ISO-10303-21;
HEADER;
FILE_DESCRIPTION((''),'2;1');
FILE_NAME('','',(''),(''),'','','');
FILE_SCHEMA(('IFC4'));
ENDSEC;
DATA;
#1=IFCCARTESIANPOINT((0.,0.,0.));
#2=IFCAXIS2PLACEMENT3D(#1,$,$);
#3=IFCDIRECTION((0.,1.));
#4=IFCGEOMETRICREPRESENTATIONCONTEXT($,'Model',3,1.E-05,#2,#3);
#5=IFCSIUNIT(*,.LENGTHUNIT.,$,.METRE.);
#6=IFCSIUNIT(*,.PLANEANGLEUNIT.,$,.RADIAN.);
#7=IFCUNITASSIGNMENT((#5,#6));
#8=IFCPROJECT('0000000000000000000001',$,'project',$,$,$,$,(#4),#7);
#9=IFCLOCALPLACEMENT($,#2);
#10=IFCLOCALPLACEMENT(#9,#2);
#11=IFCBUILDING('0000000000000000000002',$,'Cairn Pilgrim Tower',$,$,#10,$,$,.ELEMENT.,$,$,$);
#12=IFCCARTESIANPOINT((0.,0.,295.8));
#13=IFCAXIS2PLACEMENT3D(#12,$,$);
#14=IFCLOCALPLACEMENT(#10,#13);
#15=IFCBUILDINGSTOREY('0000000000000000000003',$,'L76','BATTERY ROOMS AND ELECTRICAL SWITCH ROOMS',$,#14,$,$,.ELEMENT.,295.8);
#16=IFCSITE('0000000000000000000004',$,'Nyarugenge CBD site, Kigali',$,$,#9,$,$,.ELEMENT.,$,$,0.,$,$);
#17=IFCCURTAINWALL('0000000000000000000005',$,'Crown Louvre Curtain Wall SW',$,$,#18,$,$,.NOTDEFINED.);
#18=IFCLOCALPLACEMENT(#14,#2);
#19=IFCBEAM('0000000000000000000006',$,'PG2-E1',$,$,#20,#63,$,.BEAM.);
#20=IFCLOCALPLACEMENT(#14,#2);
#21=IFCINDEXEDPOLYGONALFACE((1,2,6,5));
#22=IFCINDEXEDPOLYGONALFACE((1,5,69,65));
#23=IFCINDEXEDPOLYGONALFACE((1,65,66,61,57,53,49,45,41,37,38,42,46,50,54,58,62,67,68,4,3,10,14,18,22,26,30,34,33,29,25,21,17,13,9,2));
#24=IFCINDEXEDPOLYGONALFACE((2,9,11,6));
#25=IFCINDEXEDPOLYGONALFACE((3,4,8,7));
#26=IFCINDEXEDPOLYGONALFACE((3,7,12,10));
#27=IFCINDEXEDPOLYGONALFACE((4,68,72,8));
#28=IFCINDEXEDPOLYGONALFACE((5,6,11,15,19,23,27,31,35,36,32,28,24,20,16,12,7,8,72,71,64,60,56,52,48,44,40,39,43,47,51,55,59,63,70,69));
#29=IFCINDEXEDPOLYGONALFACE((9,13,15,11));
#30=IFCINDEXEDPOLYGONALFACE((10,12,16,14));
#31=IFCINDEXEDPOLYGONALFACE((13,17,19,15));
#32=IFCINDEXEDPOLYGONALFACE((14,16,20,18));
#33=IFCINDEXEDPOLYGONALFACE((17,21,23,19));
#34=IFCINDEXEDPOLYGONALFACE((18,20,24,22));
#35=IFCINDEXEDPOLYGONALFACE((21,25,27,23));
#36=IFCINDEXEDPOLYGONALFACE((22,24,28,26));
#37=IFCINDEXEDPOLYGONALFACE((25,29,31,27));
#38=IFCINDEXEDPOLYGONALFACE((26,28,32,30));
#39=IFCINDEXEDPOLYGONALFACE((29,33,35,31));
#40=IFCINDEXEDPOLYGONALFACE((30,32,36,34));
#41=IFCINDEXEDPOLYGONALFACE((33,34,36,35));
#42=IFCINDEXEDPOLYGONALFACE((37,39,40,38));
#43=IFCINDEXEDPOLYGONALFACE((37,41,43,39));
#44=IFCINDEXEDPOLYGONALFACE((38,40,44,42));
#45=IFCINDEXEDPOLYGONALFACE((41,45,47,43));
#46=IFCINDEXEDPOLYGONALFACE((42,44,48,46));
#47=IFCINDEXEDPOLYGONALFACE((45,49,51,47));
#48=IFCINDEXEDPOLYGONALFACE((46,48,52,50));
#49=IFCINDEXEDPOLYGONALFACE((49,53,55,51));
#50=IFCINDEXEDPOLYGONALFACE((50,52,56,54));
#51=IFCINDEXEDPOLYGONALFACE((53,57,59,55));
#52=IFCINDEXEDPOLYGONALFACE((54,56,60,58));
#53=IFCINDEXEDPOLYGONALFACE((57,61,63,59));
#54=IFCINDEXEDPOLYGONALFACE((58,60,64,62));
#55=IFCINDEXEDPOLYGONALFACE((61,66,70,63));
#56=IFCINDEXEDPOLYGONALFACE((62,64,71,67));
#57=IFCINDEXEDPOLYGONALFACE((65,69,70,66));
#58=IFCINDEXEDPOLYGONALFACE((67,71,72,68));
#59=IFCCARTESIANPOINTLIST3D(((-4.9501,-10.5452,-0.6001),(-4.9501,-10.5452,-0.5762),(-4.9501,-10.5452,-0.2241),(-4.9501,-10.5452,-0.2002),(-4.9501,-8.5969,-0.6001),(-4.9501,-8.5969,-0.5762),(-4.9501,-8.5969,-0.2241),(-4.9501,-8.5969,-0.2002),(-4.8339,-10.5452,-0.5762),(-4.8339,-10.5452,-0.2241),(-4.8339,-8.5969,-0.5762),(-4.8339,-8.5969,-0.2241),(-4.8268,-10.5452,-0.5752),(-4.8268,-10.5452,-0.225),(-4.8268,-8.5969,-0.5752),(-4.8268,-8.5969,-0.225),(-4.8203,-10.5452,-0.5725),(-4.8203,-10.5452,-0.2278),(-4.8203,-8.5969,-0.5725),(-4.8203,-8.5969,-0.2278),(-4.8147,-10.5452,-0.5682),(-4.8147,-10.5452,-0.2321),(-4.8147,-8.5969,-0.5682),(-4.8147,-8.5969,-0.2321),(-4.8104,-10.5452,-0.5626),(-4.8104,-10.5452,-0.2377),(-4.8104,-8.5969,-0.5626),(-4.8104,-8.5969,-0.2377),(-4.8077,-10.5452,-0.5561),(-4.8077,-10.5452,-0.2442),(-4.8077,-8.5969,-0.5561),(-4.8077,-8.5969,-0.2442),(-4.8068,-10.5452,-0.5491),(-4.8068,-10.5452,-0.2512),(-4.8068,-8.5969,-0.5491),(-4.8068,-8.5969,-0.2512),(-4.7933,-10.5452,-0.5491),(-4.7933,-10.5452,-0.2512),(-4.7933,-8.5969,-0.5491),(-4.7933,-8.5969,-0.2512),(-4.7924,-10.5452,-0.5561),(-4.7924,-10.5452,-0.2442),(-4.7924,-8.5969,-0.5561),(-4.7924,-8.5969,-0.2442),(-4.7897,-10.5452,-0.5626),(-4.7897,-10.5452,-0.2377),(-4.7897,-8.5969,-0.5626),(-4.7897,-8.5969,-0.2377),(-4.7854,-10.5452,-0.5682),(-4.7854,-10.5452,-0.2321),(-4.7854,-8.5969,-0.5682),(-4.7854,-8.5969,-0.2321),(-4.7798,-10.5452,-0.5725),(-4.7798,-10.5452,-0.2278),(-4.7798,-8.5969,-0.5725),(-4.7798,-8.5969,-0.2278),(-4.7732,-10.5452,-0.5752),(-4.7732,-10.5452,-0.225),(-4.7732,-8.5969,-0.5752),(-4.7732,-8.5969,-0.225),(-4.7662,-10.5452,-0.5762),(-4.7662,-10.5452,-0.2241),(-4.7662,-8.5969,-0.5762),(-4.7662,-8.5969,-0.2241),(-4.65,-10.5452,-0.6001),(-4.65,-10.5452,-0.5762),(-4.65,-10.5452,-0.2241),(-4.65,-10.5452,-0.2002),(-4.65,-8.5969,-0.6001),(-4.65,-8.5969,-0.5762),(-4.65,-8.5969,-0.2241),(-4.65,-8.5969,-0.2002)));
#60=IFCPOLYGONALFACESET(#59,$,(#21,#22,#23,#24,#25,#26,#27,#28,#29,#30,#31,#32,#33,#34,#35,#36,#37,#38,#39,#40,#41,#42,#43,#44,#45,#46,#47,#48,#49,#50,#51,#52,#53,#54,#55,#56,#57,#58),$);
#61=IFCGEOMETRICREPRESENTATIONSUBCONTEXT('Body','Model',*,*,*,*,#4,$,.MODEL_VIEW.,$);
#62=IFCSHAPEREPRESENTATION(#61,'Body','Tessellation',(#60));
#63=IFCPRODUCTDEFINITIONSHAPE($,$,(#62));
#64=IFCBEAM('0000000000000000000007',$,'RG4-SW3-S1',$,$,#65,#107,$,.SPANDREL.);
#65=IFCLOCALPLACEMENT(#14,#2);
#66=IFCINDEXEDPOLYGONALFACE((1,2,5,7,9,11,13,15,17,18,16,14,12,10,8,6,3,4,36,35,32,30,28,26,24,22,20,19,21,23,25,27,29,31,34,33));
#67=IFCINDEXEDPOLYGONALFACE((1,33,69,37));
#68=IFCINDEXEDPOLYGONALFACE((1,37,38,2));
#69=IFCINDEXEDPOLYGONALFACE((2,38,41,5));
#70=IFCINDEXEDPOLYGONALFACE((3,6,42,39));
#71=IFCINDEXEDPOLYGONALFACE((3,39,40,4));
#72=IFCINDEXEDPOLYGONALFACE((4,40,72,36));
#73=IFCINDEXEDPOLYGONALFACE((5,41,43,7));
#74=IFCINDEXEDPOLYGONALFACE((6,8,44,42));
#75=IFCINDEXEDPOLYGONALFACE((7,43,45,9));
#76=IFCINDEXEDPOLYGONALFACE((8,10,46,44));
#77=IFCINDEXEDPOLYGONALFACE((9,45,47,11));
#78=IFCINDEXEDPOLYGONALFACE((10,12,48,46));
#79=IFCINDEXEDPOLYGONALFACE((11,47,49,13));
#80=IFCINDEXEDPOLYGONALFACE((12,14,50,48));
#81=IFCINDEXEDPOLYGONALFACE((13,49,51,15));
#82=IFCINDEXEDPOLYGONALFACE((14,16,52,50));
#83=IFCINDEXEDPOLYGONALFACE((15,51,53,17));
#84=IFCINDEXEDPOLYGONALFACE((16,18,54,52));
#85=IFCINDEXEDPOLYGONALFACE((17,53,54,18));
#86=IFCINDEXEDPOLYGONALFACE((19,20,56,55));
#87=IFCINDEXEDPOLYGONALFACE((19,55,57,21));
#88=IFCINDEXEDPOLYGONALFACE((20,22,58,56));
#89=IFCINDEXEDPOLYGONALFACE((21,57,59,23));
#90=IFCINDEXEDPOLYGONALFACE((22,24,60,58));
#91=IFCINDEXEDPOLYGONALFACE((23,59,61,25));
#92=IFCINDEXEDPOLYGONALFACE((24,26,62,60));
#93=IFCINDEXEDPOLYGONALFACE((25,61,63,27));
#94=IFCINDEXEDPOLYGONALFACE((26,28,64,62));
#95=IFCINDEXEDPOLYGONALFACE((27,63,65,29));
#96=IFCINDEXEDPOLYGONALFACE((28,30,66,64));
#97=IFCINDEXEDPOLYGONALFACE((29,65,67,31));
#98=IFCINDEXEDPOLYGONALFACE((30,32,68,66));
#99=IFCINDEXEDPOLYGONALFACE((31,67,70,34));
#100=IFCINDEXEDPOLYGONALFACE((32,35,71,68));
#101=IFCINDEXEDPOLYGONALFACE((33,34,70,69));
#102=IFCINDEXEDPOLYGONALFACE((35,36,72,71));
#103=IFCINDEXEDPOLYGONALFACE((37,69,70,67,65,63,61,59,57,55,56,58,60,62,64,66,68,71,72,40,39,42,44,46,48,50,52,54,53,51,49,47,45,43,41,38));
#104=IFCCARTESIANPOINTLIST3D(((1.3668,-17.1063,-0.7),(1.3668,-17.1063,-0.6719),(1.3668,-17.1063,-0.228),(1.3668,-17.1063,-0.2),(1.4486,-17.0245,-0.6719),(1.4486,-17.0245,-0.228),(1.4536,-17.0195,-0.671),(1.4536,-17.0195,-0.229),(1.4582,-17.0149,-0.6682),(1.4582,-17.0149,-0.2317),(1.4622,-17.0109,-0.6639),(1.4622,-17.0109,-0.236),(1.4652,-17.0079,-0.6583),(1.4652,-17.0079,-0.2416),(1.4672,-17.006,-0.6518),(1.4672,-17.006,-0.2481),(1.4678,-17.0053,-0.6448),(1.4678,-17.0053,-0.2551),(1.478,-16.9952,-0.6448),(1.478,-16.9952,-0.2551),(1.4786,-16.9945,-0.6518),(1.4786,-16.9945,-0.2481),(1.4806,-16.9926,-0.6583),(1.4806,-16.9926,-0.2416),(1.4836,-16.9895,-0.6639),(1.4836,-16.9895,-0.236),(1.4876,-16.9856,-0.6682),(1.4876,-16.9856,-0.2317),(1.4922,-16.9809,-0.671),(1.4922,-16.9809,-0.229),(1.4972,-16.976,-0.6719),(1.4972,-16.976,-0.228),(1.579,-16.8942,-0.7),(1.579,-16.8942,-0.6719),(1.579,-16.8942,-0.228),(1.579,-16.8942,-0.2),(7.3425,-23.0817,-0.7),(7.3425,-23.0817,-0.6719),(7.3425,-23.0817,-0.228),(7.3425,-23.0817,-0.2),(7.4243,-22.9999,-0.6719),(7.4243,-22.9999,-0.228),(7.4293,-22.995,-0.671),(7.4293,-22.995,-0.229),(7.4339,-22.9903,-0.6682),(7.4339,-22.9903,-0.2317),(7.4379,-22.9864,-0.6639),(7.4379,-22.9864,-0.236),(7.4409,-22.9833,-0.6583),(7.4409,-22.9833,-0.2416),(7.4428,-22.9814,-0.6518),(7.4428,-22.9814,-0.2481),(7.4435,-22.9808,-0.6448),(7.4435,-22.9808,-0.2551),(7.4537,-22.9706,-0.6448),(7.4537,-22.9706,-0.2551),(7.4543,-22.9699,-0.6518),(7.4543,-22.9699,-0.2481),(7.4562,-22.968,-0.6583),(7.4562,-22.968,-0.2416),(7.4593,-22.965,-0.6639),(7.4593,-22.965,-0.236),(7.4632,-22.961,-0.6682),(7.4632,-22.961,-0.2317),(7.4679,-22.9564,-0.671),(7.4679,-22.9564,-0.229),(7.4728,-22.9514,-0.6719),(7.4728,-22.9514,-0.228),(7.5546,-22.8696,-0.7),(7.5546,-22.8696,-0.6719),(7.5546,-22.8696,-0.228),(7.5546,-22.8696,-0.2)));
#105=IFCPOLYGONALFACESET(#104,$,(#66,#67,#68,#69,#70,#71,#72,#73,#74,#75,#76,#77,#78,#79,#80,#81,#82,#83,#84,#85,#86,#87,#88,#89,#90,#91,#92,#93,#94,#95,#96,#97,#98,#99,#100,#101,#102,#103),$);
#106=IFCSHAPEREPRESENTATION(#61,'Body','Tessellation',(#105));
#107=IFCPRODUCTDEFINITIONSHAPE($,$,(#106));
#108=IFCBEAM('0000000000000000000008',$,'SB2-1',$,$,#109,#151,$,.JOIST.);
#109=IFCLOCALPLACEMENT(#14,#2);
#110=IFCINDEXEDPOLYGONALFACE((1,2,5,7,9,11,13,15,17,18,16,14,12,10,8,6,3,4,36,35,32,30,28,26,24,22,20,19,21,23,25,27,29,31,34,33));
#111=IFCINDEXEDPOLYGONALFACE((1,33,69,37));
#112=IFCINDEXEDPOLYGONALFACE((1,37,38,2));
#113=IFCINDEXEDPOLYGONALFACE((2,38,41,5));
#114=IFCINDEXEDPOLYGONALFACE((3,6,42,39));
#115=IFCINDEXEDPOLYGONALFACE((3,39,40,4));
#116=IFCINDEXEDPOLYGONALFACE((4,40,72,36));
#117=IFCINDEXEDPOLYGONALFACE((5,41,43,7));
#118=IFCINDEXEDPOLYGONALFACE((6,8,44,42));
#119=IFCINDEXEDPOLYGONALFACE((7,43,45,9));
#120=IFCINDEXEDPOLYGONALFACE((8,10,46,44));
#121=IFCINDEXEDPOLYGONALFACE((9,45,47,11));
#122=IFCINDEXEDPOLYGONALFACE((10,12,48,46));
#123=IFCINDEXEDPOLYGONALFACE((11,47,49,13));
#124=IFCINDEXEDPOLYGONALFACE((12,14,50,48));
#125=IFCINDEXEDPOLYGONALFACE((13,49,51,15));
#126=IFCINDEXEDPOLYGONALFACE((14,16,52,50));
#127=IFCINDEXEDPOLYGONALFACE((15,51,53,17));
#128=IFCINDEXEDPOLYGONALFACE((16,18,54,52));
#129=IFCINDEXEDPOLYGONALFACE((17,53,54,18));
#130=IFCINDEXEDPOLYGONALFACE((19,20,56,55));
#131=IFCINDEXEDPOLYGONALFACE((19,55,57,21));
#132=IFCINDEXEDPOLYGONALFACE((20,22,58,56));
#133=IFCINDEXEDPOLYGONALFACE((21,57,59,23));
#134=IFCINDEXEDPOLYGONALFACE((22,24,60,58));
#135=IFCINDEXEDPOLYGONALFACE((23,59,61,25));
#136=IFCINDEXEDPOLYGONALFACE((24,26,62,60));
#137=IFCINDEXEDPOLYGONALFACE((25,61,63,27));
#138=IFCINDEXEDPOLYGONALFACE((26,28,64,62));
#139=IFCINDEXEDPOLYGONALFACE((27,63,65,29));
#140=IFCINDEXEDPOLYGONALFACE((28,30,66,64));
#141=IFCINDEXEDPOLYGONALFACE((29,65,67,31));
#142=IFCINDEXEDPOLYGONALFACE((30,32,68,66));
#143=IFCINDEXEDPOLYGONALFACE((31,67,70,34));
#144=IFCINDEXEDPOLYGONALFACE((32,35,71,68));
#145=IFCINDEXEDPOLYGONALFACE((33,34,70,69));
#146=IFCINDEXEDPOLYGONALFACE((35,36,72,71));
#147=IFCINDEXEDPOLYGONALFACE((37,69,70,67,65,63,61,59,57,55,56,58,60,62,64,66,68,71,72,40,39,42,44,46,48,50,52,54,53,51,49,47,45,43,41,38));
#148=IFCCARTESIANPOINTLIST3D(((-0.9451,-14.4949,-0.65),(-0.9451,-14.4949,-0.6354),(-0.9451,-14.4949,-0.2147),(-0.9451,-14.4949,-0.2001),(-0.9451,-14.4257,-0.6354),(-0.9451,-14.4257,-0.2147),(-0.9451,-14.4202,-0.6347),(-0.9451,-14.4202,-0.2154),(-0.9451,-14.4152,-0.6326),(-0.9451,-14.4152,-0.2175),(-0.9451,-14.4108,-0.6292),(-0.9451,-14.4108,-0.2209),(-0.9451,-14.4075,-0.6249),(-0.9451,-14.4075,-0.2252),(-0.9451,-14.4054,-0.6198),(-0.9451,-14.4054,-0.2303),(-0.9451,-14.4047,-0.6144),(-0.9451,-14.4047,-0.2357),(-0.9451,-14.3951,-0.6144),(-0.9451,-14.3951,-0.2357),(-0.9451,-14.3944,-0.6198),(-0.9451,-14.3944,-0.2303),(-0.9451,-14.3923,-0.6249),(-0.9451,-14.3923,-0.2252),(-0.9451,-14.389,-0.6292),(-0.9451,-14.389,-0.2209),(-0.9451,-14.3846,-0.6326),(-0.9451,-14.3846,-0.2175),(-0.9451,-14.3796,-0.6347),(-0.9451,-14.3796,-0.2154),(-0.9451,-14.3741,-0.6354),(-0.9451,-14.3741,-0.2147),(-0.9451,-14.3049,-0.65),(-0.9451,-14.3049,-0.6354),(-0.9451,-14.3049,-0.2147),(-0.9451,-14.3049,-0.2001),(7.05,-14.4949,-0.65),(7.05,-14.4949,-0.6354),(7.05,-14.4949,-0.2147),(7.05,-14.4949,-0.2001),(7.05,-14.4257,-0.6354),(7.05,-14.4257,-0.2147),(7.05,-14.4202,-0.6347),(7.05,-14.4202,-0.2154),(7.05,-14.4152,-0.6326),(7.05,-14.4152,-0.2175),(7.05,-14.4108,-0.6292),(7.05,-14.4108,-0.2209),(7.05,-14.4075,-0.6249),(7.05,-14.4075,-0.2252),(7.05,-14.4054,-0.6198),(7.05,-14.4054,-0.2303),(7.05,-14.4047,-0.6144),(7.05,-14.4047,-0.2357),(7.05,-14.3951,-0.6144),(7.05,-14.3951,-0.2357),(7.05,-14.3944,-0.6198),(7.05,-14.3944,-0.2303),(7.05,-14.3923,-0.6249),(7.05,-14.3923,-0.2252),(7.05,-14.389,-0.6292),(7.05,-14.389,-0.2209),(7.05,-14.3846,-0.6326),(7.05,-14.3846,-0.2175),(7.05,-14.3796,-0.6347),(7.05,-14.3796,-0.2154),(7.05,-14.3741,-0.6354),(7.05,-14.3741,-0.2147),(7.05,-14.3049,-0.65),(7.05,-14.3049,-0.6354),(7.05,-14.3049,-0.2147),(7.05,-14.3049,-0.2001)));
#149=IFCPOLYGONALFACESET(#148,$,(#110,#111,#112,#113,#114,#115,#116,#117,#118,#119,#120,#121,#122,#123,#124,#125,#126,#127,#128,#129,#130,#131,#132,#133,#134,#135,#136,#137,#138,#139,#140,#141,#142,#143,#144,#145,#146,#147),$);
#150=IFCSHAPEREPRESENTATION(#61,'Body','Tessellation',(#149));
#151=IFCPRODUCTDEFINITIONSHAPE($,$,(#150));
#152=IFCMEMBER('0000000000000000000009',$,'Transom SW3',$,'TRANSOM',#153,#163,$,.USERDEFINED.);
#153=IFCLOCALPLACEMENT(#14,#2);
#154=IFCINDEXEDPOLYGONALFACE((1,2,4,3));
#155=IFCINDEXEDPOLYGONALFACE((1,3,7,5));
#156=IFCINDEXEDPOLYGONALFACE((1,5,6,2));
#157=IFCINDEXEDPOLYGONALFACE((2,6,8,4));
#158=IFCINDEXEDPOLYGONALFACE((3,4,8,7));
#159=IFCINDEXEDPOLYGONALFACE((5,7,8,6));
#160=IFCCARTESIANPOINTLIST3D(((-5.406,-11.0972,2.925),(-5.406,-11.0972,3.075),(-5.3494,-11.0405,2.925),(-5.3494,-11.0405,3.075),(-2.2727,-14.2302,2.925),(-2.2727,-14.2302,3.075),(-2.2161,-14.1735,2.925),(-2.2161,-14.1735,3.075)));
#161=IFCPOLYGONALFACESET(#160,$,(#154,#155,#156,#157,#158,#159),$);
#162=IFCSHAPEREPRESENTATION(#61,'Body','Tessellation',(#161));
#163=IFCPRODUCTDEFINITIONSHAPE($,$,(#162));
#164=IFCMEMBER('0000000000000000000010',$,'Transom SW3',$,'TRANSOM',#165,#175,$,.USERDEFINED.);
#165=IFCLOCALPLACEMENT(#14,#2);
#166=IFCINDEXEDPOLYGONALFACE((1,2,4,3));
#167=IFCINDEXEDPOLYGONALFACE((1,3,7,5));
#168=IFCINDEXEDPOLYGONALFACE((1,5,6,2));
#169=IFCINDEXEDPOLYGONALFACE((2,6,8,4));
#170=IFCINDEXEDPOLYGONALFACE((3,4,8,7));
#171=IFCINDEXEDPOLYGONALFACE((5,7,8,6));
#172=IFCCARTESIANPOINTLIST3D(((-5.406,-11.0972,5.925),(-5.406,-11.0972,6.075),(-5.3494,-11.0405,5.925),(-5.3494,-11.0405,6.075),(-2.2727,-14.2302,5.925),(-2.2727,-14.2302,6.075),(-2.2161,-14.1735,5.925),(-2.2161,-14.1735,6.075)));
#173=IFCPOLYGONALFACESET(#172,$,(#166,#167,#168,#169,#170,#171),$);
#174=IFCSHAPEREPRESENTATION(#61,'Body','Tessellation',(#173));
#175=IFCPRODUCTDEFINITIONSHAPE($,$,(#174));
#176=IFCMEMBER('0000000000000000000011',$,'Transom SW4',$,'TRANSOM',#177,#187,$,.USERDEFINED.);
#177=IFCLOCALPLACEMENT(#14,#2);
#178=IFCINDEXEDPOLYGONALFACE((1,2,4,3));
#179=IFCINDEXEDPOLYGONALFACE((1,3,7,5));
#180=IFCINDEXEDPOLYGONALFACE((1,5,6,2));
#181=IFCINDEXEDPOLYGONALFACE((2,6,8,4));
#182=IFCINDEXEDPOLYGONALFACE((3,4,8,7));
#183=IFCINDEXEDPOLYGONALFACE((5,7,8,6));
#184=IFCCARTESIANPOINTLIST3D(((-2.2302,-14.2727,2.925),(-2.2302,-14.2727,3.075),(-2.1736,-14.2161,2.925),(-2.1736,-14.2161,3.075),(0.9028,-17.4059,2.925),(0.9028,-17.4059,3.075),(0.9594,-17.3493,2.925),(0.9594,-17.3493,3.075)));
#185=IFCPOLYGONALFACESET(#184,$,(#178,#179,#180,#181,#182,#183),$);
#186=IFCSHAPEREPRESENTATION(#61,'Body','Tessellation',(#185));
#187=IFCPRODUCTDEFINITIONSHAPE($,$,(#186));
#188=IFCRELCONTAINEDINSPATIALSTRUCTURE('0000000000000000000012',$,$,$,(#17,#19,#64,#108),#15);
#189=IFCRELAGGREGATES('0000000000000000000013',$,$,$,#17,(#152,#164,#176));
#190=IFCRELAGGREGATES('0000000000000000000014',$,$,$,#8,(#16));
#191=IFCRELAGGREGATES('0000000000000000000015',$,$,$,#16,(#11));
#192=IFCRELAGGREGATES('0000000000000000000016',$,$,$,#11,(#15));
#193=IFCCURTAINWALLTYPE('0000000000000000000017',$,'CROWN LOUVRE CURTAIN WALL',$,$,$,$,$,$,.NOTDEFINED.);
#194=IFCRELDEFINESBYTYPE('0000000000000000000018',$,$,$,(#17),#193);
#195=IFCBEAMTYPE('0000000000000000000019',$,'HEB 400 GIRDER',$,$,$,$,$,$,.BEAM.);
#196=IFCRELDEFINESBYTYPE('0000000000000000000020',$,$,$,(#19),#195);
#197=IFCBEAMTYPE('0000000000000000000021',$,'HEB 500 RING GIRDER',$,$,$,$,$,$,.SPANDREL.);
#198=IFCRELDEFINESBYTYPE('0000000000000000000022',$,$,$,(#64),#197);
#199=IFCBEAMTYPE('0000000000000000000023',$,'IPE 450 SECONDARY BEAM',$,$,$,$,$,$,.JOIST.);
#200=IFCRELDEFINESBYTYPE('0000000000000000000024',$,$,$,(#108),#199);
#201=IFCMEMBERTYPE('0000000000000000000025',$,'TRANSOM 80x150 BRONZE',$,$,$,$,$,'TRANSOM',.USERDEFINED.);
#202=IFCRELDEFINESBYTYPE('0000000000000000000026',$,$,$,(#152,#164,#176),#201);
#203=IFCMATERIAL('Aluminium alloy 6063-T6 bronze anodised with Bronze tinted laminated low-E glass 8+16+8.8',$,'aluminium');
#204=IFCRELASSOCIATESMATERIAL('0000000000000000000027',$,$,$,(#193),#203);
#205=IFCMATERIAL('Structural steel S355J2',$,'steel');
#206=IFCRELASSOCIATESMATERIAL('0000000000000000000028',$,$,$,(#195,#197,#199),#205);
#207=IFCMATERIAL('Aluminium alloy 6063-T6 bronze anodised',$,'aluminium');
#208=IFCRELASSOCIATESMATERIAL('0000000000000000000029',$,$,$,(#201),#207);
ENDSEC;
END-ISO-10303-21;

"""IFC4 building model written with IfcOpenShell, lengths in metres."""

from ifc_helpers import new_model, si_unit, direction, frame, origin, origin_2d, place, context, subcontext, project, spatial, rectangle, i_section, extrude, material, material_profile, profile_set, type_object, element, aggregate, save


model = new_model("IFC4")

# Units and contexts
model_context = context("Model", 3, precision=1e-05, world=origin(), true_north=direction((0.0, 1.0)))
body_context = subcontext(model_context, "Body", "Model", "MODEL_VIEW")
ifc_project = project(units=[si_unit("LENGTHUNIT", "METRE"), si_unit("PLANEANGLEUNIT", "RADIAN")], contexts=[model_context])

# Site, building, storey
site_placement = place(None, origin())
site = spatial("IfcSite", under=ifc_project, at=site_placement, Name="Nyarugenge CBD site, Kigali", CompositionType="ELEMENT", RefElevation=0.0)
building_placement = place(site_placement, origin())
building = spatial("IfcBuilding", under=site, at=building_placement, Name="Cairn Pilgrim Tower", CompositionType="ELEMENT")
storey_placement = place(building_placement, frame((0.0, 0.0, 295.8)))
storey = spatial("IfcBuildingStorey", under=building, at=storey_placement, Name="L76", Description="BATTERY ROOMS AND ELECTRICAL SWITCH ROOMS", CompositionType="ELEMENT", Elevation=295.8)

# Shared definitions
ifc_material_1 = material(Name="Structural steel S355J2", Category="steel")

# Curtain wall
ifc_material_2 = material(Name="Aluminium alloy 6063-T6 bronze anodised with Bronze tinted laminated low-E glass 8+16+8.8", Category="aluminium")
curtain_wall_type = type_object("IfcCurtainWallType", Name="CROWN LOUVRE CURTAIN WALL", PredefinedType="NOTDEFINED", material=ifc_material_2)
curtain_wall_placement = place(storey_placement, origin())
curtain_wall = element("IfcCurtainWall", 1, at=curtain_wall_placement, inside=storey, type_object=curtain_wall_type, Name="Crown Louvre Curtain Wall SW", PredefinedType="NOTDEFINED")
ifc_material_3 = material(Name="Aluminium alloy 6063-T6 bronze anodised", Category="aluminium")

# Beams
ifc_material_profile_1 = material_profile(ifc_material_1, i_section(OverallWidth=0.3, OverallDepth=0.3999, WebThickness=0.0134, FlangeThickness=0.0239, FilletRadius=0.0271, at=origin_2d()), Name="HEB 400")
ifc_profile_set_1 = profile_set([ifc_material_profile_1], Name="Structural steel S355J2")
beam_type_1 = type_object("IfcBeamType", Name="HEB 400 GIRDER", PredefinedType="BEAM", material=ifc_profile_set_1)
beam_1_placement = place(storey_placement, frame((-4.8, -10.5452, -0.4001), z_axis=(0.0, 1.0, 0.0), x_axis=(-1.0, 0.0, 0.0)))
element("IfcBeam", 2, at=beam_1_placement, inside=storey, type_object=beam_type_1, Name="PG2-E1", PredefinedType="BEAM", context=body_context, shape_type="SweptSolid", body=[
    extrude(i_section(OverallWidth=0.3, OverallDepth=0.3999, WebThickness=0.0134, FlangeThickness=0.0239, FilletRadius=0.0271, at=origin_2d()), origin(), (0.0, 0.0, 1.0), 1.9482),
])
ifc_material_profile_2 = material_profile(ifc_material_1, i_section(OverallWidth=0.3, OverallDepth=0.5, WebThickness=0.0144, FlangeThickness=0.0281, FilletRadius=0.0271, at=origin_2d()), Name="HEB 500")
ifc_profile_set_2 = profile_set([ifc_material_profile_2], Name="Structural steel S355J2")
beam_type_2 = type_object("IfcBeamType", Name="HEB 500 RING GIRDER", PredefinedType="SPANDREL", material=ifc_profile_set_2)
beam_2_placement = place(storey_placement, frame((1.4729, -17.0002, -0.45), z_axis=(0.707121, -0.707092, 0.0), x_axis=(0.707092, 0.707121, 0.0)))
element("IfcBeam", 3, at=beam_2_placement, inside=storey, type_object=beam_type_2, Name="RG4-SW3-S1", PredefinedType="SPANDREL", context=body_context, shape_type="SweptSolid", body=[
    extrude(i_section(OverallWidth=0.3, OverallDepth=0.5, WebThickness=0.0144, FlangeThickness=0.0281, FilletRadius=0.0271, at=origin_2d()), origin(), (0.0, 0.0, 1.0), 8.4507),
])
ifc_material_profile_3 = material_profile(ifc_material_1, i_section(OverallWidth=0.1899, OverallDepth=0.45, WebThickness=0.0095, FlangeThickness=0.0146, FilletRadius=0.021, at=origin_2d()), Name="IPE 450")
ifc_profile_set_3 = profile_set([ifc_material_profile_3], Name="Structural steel S355J2")
beam_type_3 = type_object("IfcBeamType", Name="IPE 450 SECONDARY BEAM", PredefinedType="JOIST", material=ifc_profile_set_3)
beam_3_placement = place(storey_placement, frame((-0.9451, -14.3999, -0.425), z_axis=(1.0, 0.0, 0.0), x_axis=(0.0, 1.0, 0.0)))
element("IfcBeam", 4, at=beam_3_placement, inside=storey, type_object=beam_type_3, Name="SB2-1", PredefinedType="JOIST", context=body_context, shape_type="SweptSolid", body=[
    extrude(i_section(OverallWidth=0.1899, OverallDepth=0.45, WebThickness=0.0095, FlangeThickness=0.0146, FilletRadius=0.021, at=origin_2d()), origin(), (0.0, 0.0, 1.0), 7.9951),
])

# Members
ifc_material_profile_4 = material_profile(ifc_material_3, rectangle(XDim=0.0801, YDim=0.1499, at=origin_2d()), Name="TRANSOM 80x150 BRONZE")
ifc_profile_set_4 = profile_set([ifc_material_profile_4], Name="Aluminium alloy 6063-T6 bronze anodised")
member_type_1 = type_object("IfcMemberType", Name="TRANSOM 80x150 BRONZE", ElementType="TRANSOM", PredefinedType="USERDEFINED", material=ifc_profile_set_4)
member_1_placement = place(storey_placement, frame((-5.3777, -11.0688, 3.0), z_axis=(0.707134, -0.707079, 0.0), x_axis=(0.707079, 0.707134, 0.0)))
member_1 = element("IfcMember", 5, at=member_1_placement, type_object=member_type_1, Name="Transom SW3", ObjectType="TRANSOM", PredefinedType="USERDEFINED", context=body_context, shape_type="SweptSolid", body=[
    extrude(rectangle(XDim=0.0801, YDim=0.1499, at=origin_2d()), origin(), (0.0, 0.0, 1.0), 4.4309),
])
member_2_placement = place(storey_placement, frame((-5.3777, -11.0688, 6.0), z_axis=(0.707134, -0.707079, 0.0), x_axis=(0.707079, 0.707134, 0.0)))
member_2 = element("IfcMember", 6, at=member_2_placement, type_object=member_type_1, Name="Transom SW3", ObjectType="TRANSOM", PredefinedType="USERDEFINED", context=body_context, shape_type="SweptSolid", body=[
    extrude(rectangle(XDim=0.0801, YDim=0.1499, at=origin_2d()), origin(), (0.0, 0.0, 1.0), 4.4309),
])
member_3_placement = place(storey_placement, frame((-2.2019, -14.2444, 3.0), z_axis=(0.707079, -0.707134, 0.0), x_axis=(0.707134, 0.707079, 0.0)))
member_3 = element("IfcMember", 7, at=member_3_placement, type_object=member_type_1, Name="Transom SW4", ObjectType="TRANSOM", PredefinedType="USERDEFINED", context=body_context, shape_type="SweptSolid", body=[
    extrude(rectangle(XDim=0.0801, YDim=0.1499, at=origin_2d()), origin(), (0.0, 0.0, 1.0), 4.4309),
])

aggregate(curtain_wall, [member_1, member_2, member_3])

save(model, "model.ifc")
